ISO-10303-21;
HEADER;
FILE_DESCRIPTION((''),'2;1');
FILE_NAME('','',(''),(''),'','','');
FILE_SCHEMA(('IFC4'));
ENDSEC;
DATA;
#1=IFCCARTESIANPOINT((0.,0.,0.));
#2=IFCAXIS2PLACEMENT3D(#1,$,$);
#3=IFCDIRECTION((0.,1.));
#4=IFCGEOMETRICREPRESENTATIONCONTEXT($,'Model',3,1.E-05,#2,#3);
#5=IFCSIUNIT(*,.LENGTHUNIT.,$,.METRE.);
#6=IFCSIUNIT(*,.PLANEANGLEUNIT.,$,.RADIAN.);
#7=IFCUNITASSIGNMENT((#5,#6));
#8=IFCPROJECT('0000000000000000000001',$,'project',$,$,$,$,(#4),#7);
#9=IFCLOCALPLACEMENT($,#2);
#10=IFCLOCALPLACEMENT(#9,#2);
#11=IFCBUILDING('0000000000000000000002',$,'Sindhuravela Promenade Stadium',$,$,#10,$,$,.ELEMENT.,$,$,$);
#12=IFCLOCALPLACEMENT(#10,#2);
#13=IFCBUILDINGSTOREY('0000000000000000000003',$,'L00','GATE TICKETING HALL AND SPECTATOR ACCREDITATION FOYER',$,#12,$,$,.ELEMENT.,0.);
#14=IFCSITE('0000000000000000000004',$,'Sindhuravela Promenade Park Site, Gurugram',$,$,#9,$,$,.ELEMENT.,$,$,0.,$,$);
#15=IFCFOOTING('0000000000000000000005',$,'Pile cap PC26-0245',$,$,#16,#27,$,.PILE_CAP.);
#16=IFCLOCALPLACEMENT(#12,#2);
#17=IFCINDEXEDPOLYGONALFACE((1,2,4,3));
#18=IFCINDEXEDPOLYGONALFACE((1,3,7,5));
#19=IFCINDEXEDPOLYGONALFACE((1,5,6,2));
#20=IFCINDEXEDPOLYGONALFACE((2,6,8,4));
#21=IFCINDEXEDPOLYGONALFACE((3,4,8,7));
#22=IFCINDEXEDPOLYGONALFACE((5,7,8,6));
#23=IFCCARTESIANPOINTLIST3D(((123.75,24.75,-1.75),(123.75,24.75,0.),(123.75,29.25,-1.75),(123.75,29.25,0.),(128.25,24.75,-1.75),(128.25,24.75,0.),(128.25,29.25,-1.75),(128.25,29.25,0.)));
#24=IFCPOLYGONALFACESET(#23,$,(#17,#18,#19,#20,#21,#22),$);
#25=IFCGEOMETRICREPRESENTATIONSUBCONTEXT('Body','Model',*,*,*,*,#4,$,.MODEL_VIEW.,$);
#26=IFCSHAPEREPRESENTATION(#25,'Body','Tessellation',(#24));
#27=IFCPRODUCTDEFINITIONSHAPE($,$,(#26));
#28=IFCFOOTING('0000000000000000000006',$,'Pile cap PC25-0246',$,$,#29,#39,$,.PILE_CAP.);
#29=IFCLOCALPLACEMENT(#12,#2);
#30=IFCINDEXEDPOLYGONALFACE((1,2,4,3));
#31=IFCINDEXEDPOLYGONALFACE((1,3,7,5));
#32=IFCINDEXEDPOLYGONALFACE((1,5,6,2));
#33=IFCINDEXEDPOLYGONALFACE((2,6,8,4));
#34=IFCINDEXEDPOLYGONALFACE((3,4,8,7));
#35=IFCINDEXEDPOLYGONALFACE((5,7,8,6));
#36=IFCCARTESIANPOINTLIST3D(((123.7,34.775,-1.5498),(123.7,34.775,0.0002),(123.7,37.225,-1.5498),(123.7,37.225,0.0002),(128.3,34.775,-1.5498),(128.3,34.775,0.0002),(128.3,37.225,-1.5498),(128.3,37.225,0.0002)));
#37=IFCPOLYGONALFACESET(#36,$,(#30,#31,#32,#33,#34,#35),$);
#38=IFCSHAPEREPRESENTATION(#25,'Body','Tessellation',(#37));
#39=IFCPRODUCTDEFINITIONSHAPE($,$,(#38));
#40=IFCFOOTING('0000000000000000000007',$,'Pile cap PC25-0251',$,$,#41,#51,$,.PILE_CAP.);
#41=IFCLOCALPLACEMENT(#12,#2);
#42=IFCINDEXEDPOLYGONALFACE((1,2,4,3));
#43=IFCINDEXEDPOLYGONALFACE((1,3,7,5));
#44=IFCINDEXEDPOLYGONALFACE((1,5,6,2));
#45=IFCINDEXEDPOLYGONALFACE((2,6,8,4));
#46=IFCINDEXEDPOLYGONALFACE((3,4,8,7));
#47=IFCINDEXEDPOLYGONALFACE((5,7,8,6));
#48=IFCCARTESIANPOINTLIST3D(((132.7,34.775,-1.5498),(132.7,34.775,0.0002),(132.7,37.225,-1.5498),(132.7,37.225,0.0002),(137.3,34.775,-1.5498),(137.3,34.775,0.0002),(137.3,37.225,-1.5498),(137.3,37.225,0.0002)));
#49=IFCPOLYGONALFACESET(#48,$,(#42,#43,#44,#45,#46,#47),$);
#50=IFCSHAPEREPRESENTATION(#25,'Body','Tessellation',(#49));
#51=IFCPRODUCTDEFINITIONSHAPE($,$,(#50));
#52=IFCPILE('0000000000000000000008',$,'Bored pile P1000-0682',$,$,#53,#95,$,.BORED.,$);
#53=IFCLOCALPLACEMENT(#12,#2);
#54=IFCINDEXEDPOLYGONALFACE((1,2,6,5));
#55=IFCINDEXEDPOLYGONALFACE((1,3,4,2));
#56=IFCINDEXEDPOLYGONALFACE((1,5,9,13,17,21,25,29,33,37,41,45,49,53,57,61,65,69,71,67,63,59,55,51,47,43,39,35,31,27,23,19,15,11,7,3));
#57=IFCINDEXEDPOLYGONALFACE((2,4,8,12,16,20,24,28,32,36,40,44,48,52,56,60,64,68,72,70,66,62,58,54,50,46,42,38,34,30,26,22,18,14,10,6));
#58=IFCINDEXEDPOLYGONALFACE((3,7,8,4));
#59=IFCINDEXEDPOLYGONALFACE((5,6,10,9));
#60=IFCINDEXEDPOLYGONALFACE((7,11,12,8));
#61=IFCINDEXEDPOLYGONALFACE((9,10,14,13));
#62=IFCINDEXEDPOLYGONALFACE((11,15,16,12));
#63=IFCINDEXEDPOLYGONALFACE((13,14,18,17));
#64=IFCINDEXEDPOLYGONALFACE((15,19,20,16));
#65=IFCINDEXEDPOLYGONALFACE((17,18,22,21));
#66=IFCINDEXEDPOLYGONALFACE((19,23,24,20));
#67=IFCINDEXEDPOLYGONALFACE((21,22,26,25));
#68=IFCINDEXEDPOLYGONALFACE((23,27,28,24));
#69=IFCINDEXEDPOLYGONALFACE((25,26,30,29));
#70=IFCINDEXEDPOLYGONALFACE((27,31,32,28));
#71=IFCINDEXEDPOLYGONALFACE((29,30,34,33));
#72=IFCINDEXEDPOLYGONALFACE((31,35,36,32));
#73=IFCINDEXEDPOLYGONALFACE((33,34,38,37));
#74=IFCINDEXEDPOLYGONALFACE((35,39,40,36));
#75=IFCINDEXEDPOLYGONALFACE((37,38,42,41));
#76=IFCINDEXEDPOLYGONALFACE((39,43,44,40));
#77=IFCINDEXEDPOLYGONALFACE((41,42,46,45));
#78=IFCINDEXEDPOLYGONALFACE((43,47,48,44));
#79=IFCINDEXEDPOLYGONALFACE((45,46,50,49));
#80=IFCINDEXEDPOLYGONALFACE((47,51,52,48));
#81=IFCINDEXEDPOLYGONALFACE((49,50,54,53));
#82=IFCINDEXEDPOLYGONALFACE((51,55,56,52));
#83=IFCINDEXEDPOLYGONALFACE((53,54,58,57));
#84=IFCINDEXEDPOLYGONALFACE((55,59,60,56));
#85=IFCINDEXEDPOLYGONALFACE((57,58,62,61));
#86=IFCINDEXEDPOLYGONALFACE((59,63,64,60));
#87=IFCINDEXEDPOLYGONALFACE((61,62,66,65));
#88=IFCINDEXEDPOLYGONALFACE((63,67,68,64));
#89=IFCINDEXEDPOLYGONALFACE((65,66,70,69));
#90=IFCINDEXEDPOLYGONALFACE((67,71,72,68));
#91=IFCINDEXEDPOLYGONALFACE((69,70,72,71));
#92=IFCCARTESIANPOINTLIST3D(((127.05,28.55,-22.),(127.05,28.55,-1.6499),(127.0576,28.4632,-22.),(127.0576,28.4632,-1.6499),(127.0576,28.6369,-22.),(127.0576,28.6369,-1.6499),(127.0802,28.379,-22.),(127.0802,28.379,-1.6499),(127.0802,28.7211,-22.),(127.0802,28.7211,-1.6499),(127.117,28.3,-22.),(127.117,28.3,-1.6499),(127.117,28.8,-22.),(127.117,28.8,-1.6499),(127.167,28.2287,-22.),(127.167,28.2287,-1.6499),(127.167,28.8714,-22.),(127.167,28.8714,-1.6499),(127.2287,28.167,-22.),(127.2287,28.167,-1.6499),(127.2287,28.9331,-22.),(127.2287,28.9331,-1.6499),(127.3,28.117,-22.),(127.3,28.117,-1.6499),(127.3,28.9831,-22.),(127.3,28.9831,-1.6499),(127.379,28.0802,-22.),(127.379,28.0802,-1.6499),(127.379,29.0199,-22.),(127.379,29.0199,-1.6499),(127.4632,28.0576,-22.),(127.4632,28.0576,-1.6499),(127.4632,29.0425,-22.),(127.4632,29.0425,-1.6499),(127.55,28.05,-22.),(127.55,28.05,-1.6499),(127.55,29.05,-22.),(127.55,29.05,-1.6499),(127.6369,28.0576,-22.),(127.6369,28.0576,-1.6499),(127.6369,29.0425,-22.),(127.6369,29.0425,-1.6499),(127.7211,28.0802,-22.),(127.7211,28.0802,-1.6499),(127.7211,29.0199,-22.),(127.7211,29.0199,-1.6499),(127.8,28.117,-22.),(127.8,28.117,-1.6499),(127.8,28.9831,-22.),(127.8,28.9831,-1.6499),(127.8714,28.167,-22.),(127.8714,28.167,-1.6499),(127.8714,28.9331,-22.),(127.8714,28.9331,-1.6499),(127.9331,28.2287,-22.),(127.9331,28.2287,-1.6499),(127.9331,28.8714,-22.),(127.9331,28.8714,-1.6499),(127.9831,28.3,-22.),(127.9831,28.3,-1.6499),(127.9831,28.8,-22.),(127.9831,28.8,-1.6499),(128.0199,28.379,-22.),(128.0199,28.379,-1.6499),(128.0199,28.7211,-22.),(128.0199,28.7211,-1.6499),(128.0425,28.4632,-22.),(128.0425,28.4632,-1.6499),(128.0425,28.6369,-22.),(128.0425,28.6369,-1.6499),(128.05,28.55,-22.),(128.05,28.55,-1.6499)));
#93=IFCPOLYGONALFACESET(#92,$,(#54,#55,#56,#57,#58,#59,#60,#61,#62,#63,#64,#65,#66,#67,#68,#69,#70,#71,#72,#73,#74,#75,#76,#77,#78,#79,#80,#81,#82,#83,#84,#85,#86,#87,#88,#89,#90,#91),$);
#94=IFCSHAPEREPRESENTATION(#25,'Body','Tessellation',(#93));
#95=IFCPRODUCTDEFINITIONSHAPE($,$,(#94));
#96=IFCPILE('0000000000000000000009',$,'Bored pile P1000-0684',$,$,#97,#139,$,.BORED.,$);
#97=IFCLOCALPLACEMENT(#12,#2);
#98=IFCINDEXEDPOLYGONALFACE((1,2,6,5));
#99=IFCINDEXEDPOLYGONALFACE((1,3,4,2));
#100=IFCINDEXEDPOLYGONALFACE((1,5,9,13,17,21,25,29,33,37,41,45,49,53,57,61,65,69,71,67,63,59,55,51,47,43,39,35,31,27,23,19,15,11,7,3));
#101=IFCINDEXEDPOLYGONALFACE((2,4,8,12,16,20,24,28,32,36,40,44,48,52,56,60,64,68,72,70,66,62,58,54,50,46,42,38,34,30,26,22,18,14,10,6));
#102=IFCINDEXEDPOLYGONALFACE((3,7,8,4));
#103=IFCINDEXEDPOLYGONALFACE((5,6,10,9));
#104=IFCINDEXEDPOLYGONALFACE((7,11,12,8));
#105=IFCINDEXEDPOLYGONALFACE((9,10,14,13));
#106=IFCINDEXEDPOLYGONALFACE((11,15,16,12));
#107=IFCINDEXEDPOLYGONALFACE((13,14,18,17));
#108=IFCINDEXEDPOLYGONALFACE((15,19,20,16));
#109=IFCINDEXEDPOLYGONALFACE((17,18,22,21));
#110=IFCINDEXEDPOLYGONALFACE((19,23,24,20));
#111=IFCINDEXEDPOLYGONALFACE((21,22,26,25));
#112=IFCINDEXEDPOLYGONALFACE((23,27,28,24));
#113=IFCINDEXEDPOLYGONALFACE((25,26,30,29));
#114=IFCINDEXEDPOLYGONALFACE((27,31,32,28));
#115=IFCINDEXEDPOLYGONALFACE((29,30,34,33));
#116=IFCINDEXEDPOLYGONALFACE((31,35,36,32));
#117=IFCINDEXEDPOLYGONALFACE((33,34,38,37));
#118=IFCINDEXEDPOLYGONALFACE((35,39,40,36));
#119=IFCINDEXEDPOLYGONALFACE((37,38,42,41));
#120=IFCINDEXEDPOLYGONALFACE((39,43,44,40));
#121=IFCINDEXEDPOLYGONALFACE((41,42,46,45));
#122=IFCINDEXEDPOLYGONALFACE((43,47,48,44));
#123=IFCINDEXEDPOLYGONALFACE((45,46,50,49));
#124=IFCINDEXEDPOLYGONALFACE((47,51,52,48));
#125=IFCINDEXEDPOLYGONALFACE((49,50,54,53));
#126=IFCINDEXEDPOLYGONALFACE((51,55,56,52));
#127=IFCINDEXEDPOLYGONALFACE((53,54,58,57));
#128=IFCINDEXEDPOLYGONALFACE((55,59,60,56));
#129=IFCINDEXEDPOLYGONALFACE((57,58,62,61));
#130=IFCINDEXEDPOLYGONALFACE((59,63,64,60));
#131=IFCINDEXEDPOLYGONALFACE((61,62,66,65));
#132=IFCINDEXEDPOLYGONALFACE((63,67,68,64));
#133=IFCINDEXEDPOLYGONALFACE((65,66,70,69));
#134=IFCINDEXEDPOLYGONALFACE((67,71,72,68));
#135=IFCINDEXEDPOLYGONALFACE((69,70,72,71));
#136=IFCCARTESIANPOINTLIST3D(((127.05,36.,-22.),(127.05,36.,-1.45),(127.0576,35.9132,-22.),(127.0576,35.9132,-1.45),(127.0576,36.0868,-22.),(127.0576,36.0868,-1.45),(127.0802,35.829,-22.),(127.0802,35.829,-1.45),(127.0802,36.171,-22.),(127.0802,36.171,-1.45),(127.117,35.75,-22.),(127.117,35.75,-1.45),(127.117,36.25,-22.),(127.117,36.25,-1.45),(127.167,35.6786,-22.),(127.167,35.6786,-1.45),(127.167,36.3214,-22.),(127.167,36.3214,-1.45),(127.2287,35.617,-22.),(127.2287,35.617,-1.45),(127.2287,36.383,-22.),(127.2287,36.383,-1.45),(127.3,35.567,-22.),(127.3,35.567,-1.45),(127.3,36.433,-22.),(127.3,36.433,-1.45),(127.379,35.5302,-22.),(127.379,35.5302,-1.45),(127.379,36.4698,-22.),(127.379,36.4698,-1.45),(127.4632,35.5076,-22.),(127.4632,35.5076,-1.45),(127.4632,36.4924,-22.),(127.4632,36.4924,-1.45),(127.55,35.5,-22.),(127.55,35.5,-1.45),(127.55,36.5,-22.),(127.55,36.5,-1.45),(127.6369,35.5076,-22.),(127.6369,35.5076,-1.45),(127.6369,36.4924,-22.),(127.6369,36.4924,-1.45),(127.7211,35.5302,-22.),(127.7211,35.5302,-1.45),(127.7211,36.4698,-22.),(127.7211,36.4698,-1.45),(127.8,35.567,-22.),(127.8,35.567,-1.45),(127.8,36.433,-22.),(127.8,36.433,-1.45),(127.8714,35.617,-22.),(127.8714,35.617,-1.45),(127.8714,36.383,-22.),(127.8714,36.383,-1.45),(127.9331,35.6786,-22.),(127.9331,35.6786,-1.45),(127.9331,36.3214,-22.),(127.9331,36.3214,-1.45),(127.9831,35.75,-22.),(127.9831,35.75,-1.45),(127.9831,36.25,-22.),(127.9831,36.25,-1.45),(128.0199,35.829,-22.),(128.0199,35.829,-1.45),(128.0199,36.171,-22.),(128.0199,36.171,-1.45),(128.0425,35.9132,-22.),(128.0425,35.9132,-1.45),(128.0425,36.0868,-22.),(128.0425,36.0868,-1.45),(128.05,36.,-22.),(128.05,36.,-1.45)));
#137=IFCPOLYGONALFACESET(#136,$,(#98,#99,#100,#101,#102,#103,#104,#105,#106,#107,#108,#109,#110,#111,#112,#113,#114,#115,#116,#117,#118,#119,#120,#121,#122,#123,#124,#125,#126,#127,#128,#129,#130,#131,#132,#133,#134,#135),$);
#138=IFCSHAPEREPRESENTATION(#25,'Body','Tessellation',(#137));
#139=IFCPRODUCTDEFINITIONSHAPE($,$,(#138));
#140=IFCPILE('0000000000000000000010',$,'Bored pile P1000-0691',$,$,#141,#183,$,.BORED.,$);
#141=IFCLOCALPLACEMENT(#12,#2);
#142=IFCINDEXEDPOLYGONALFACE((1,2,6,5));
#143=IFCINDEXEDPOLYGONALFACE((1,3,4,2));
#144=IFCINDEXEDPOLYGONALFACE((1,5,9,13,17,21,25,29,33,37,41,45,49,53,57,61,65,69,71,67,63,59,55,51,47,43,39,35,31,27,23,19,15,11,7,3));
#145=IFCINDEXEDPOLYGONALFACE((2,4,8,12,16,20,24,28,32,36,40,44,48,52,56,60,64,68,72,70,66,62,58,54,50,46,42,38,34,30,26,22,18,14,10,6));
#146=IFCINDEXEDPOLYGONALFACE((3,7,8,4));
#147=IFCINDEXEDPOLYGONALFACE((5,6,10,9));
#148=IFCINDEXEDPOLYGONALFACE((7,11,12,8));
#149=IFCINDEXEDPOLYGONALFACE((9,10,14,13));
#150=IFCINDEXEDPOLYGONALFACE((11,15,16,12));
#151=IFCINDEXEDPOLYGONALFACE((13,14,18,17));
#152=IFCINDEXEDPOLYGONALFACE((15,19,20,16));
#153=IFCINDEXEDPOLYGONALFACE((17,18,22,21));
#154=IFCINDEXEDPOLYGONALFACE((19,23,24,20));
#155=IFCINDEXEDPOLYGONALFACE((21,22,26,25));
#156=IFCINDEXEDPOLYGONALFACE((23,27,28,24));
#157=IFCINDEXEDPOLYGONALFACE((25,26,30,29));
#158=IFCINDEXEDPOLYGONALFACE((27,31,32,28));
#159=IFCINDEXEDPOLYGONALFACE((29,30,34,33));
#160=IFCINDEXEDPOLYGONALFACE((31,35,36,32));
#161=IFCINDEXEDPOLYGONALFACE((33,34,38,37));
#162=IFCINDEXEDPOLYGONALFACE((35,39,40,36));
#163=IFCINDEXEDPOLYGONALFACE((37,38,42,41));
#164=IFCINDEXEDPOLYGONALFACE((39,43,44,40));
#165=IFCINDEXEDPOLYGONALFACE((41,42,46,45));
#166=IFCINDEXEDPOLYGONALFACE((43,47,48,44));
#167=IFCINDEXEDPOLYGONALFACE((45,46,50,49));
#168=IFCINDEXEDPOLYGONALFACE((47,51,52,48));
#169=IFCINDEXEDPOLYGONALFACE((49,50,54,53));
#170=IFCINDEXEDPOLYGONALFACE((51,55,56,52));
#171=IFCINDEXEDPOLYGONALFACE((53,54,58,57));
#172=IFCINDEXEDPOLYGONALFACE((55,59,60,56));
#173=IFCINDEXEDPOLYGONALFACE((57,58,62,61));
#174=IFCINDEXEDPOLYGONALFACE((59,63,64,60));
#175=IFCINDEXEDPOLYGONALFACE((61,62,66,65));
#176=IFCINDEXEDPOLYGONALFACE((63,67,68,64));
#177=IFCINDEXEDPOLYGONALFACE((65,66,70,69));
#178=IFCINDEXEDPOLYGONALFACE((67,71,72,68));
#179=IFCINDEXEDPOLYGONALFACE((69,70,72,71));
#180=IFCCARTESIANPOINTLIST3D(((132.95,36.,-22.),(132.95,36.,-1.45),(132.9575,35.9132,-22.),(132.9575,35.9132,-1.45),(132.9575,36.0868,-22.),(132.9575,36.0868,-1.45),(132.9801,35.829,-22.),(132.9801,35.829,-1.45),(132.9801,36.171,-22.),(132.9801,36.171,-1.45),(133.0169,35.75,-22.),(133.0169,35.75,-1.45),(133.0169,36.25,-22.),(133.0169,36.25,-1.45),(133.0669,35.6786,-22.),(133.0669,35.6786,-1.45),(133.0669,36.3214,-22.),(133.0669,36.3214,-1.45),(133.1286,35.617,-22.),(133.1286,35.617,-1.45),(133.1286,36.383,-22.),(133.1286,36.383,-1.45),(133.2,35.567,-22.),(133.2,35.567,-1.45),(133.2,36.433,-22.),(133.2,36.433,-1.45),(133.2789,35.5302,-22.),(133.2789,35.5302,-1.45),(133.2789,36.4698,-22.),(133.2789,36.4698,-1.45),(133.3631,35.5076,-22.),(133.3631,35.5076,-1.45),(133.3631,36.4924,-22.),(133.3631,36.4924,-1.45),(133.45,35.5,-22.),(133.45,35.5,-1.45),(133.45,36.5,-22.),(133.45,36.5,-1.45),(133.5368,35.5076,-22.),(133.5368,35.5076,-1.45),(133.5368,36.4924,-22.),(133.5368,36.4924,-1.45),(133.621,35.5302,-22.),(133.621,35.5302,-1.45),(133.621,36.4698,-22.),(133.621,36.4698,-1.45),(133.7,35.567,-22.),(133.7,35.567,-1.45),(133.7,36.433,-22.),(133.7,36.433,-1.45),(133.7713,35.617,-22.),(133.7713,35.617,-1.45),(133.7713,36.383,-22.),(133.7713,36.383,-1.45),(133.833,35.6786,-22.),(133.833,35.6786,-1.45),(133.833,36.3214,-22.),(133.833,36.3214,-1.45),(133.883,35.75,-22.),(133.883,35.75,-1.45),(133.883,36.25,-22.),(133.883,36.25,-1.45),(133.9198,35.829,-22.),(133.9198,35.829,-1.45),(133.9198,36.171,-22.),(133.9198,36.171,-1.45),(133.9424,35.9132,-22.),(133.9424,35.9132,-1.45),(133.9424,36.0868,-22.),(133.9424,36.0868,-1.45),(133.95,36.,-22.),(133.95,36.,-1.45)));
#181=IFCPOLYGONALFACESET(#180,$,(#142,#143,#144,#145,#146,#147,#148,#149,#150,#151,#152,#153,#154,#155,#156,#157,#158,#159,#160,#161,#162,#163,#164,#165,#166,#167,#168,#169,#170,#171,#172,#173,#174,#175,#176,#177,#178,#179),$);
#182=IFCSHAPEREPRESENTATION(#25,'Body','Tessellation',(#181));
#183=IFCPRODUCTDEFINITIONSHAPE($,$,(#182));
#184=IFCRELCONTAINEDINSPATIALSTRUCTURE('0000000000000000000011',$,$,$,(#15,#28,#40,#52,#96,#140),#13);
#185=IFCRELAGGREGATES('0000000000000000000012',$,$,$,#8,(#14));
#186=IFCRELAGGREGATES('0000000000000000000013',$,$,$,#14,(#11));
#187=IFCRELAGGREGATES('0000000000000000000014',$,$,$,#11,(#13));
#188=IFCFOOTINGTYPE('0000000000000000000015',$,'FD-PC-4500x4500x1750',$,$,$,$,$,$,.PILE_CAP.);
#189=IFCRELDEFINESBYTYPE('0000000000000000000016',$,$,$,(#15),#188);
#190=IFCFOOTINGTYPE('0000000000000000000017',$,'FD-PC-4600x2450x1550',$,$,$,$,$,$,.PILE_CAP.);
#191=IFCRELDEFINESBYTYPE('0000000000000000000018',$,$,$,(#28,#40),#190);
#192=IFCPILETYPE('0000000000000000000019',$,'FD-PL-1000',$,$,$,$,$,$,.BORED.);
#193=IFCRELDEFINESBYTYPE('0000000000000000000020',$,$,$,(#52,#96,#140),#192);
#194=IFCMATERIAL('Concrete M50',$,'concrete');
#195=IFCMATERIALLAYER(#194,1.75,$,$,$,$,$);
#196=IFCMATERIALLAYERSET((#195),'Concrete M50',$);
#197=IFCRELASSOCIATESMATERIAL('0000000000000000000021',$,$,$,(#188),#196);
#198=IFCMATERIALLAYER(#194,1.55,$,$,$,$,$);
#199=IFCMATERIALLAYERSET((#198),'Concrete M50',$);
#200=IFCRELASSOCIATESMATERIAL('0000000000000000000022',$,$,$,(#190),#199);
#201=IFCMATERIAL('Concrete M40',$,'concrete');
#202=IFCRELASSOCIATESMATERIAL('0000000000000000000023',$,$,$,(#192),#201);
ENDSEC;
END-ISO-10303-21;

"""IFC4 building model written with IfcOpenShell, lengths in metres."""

from ifc_helpers import new_model, si_unit, direction, frame, origin, origin_2d, place, context, subcontext, project, spatial, rectangle, circle, extrude, material, layer, layer_set, material_profile, profile_set, type_object, element, save


model = new_model("IFC4")

# Units and contexts
model_context = context("Model", 3, precision=1e-05, world=origin(), true_north=direction((0.0, 1.0)))
body_context = subcontext(model_context, "Body", "Model", "MODEL_VIEW")
ifc_project = project(units=[si_unit("LENGTHUNIT", "METRE"), si_unit("PLANEANGLEUNIT", "RADIAN")], contexts=[model_context])

# Site, building, storey
site_placement = place(None, origin())
site = spatial("IfcSite", under=ifc_project, at=site_placement, Name="Sindhuravela Promenade Park Site, Gurugram", CompositionType="ELEMENT", RefElevation=0.0)
building_placement = place(site_placement, origin())
building = spatial("IfcBuilding", under=site, at=building_placement, Name="Sindhuravela Promenade Stadium", CompositionType="ELEMENT")
storey_placement = place(building_placement, origin())
storey = spatial("IfcBuildingStorey", under=building, at=storey_placement, Name="L00", Description="GATE TICKETING HALL AND SPECTATOR ACCREDITATION FOYER", CompositionType="ELEMENT", Elevation=0.0)

# Footings
ifc_material_1 = material(Name="Concrete M50", Category="concrete")
ifc_layer_1 = layer(ifc_material_1, 1.75)
ifc_layer_set_1 = layer_set([ifc_layer_1], Name="Concrete M50")
footing_type_1 = type_object("IfcFootingType", Name="FD-PC-4500x4500x1750", PredefinedType="PILE_CAP", material=ifc_layer_set_1)
footing_placement = place(storey_placement, frame((126.0, 27.0, -1.75), z_axis=(0.0, 0.0, 1.0), x_axis=(1.0, 0.0, 0.0)))
element("IfcFooting", 1, at=footing_placement, inside=storey, type_object=footing_type_1, Name="Pile cap PC26-0245", PredefinedType="PILE_CAP", context=body_context, shape_type="SweptSolid", body=[
    extrude(rectangle(XDim=4.5, YDim=4.5, at=origin_2d()), origin(), (0.0, 0.0, 1.0), 1.75),
])
ifc_layer_2 = layer(ifc_material_1, 1.55)
ifc_layer_set_2 = layer_set([ifc_layer_2], Name="Concrete M50")
footing_type_2 = type_object("IfcFootingType", Name="FD-PC-4600x2450x1550", PredefinedType="PILE_CAP", material=ifc_layer_set_2)
for number, where, z_axis, x_axis, name in (
    (2, (126.0, 36.0, -1.5498), (0.0, 0.0, 1.0), (1.0, 0.0, 0.0), "Pile cap PC25-0246"),
    (3, (135.0, 36.0, -1.5498), (0.0, 0.0, 1.0), (1.0, 0.0, 0.0), "Pile cap PC25-0251"),
):
    element("IfcFooting", number, at=place(storey_placement, frame(where, z_axis=z_axis, x_axis=x_axis)), inside=storey, type_object=footing_type_2, Name=name, PredefinedType="PILE_CAP", context=body_context, shape_type="SweptSolid", body=[
        extrude(rectangle(XDim=4.6001, YDim=2.45, at=origin_2d()), origin(), (0.0, 0.0, 1.0), 1.55),
    ])

# Piles
ifc_material_2 = material(Name="Concrete M40", Category="concrete")
ifc_material_profile_1 = material_profile(ifc_material_2, circle(Radius=0.5, at=origin_2d()), Name="BORED PILE D1000")
ifc_profile_set_1 = profile_set([ifc_material_profile_1], Name="Concrete M40")
pile_type = type_object("IfcPileType", Name="FD-PL-1000", PredefinedType="BORED", material=ifc_profile_set_1)
pile_placement = place(storey_placement, frame((127.55, 28.55, -1.6499), z_axis=(0.0, 0.0, -1.0), x_axis=(1.0, 0.0, 0.0)))
element("IfcPile", 4, at=pile_placement, inside=storey, type_object=pile_type, Name="Bored pile P1000-0682", PredefinedType="BORED", context=body_context, shape_type="SweptSolid", body=[
    extrude(circle(Radius=0.5, at=origin_2d()), origin(), (0.0, 0.0, 1.0), 20.3501),
])
for number, where, z_axis, x_axis, name in (
    (5, (127.55, 36.0, -1.45), (0.0, 0.0, -1.0), (1.0, 0.0, 0.0), "Bored pile P1000-0684"),
    (6, (133.45, 36.0, -1.45), (0.0, 0.0, -1.0), (1.0, 0.0, 0.0), "Bored pile P1000-0691"),
):
    element("IfcPile", number, at=place(storey_placement, frame(where, z_axis=z_axis, x_axis=x_axis)), inside=storey, type_object=pile_type, Name=name, PredefinedType="BORED", context=body_context, shape_type="SweptSolid", body=[
        extrude(circle(Radius=0.5, at=origin_2d()), origin(), (0.0, 0.0, 1.0), 20.55),
    ])

save(model, "model.ifc")
